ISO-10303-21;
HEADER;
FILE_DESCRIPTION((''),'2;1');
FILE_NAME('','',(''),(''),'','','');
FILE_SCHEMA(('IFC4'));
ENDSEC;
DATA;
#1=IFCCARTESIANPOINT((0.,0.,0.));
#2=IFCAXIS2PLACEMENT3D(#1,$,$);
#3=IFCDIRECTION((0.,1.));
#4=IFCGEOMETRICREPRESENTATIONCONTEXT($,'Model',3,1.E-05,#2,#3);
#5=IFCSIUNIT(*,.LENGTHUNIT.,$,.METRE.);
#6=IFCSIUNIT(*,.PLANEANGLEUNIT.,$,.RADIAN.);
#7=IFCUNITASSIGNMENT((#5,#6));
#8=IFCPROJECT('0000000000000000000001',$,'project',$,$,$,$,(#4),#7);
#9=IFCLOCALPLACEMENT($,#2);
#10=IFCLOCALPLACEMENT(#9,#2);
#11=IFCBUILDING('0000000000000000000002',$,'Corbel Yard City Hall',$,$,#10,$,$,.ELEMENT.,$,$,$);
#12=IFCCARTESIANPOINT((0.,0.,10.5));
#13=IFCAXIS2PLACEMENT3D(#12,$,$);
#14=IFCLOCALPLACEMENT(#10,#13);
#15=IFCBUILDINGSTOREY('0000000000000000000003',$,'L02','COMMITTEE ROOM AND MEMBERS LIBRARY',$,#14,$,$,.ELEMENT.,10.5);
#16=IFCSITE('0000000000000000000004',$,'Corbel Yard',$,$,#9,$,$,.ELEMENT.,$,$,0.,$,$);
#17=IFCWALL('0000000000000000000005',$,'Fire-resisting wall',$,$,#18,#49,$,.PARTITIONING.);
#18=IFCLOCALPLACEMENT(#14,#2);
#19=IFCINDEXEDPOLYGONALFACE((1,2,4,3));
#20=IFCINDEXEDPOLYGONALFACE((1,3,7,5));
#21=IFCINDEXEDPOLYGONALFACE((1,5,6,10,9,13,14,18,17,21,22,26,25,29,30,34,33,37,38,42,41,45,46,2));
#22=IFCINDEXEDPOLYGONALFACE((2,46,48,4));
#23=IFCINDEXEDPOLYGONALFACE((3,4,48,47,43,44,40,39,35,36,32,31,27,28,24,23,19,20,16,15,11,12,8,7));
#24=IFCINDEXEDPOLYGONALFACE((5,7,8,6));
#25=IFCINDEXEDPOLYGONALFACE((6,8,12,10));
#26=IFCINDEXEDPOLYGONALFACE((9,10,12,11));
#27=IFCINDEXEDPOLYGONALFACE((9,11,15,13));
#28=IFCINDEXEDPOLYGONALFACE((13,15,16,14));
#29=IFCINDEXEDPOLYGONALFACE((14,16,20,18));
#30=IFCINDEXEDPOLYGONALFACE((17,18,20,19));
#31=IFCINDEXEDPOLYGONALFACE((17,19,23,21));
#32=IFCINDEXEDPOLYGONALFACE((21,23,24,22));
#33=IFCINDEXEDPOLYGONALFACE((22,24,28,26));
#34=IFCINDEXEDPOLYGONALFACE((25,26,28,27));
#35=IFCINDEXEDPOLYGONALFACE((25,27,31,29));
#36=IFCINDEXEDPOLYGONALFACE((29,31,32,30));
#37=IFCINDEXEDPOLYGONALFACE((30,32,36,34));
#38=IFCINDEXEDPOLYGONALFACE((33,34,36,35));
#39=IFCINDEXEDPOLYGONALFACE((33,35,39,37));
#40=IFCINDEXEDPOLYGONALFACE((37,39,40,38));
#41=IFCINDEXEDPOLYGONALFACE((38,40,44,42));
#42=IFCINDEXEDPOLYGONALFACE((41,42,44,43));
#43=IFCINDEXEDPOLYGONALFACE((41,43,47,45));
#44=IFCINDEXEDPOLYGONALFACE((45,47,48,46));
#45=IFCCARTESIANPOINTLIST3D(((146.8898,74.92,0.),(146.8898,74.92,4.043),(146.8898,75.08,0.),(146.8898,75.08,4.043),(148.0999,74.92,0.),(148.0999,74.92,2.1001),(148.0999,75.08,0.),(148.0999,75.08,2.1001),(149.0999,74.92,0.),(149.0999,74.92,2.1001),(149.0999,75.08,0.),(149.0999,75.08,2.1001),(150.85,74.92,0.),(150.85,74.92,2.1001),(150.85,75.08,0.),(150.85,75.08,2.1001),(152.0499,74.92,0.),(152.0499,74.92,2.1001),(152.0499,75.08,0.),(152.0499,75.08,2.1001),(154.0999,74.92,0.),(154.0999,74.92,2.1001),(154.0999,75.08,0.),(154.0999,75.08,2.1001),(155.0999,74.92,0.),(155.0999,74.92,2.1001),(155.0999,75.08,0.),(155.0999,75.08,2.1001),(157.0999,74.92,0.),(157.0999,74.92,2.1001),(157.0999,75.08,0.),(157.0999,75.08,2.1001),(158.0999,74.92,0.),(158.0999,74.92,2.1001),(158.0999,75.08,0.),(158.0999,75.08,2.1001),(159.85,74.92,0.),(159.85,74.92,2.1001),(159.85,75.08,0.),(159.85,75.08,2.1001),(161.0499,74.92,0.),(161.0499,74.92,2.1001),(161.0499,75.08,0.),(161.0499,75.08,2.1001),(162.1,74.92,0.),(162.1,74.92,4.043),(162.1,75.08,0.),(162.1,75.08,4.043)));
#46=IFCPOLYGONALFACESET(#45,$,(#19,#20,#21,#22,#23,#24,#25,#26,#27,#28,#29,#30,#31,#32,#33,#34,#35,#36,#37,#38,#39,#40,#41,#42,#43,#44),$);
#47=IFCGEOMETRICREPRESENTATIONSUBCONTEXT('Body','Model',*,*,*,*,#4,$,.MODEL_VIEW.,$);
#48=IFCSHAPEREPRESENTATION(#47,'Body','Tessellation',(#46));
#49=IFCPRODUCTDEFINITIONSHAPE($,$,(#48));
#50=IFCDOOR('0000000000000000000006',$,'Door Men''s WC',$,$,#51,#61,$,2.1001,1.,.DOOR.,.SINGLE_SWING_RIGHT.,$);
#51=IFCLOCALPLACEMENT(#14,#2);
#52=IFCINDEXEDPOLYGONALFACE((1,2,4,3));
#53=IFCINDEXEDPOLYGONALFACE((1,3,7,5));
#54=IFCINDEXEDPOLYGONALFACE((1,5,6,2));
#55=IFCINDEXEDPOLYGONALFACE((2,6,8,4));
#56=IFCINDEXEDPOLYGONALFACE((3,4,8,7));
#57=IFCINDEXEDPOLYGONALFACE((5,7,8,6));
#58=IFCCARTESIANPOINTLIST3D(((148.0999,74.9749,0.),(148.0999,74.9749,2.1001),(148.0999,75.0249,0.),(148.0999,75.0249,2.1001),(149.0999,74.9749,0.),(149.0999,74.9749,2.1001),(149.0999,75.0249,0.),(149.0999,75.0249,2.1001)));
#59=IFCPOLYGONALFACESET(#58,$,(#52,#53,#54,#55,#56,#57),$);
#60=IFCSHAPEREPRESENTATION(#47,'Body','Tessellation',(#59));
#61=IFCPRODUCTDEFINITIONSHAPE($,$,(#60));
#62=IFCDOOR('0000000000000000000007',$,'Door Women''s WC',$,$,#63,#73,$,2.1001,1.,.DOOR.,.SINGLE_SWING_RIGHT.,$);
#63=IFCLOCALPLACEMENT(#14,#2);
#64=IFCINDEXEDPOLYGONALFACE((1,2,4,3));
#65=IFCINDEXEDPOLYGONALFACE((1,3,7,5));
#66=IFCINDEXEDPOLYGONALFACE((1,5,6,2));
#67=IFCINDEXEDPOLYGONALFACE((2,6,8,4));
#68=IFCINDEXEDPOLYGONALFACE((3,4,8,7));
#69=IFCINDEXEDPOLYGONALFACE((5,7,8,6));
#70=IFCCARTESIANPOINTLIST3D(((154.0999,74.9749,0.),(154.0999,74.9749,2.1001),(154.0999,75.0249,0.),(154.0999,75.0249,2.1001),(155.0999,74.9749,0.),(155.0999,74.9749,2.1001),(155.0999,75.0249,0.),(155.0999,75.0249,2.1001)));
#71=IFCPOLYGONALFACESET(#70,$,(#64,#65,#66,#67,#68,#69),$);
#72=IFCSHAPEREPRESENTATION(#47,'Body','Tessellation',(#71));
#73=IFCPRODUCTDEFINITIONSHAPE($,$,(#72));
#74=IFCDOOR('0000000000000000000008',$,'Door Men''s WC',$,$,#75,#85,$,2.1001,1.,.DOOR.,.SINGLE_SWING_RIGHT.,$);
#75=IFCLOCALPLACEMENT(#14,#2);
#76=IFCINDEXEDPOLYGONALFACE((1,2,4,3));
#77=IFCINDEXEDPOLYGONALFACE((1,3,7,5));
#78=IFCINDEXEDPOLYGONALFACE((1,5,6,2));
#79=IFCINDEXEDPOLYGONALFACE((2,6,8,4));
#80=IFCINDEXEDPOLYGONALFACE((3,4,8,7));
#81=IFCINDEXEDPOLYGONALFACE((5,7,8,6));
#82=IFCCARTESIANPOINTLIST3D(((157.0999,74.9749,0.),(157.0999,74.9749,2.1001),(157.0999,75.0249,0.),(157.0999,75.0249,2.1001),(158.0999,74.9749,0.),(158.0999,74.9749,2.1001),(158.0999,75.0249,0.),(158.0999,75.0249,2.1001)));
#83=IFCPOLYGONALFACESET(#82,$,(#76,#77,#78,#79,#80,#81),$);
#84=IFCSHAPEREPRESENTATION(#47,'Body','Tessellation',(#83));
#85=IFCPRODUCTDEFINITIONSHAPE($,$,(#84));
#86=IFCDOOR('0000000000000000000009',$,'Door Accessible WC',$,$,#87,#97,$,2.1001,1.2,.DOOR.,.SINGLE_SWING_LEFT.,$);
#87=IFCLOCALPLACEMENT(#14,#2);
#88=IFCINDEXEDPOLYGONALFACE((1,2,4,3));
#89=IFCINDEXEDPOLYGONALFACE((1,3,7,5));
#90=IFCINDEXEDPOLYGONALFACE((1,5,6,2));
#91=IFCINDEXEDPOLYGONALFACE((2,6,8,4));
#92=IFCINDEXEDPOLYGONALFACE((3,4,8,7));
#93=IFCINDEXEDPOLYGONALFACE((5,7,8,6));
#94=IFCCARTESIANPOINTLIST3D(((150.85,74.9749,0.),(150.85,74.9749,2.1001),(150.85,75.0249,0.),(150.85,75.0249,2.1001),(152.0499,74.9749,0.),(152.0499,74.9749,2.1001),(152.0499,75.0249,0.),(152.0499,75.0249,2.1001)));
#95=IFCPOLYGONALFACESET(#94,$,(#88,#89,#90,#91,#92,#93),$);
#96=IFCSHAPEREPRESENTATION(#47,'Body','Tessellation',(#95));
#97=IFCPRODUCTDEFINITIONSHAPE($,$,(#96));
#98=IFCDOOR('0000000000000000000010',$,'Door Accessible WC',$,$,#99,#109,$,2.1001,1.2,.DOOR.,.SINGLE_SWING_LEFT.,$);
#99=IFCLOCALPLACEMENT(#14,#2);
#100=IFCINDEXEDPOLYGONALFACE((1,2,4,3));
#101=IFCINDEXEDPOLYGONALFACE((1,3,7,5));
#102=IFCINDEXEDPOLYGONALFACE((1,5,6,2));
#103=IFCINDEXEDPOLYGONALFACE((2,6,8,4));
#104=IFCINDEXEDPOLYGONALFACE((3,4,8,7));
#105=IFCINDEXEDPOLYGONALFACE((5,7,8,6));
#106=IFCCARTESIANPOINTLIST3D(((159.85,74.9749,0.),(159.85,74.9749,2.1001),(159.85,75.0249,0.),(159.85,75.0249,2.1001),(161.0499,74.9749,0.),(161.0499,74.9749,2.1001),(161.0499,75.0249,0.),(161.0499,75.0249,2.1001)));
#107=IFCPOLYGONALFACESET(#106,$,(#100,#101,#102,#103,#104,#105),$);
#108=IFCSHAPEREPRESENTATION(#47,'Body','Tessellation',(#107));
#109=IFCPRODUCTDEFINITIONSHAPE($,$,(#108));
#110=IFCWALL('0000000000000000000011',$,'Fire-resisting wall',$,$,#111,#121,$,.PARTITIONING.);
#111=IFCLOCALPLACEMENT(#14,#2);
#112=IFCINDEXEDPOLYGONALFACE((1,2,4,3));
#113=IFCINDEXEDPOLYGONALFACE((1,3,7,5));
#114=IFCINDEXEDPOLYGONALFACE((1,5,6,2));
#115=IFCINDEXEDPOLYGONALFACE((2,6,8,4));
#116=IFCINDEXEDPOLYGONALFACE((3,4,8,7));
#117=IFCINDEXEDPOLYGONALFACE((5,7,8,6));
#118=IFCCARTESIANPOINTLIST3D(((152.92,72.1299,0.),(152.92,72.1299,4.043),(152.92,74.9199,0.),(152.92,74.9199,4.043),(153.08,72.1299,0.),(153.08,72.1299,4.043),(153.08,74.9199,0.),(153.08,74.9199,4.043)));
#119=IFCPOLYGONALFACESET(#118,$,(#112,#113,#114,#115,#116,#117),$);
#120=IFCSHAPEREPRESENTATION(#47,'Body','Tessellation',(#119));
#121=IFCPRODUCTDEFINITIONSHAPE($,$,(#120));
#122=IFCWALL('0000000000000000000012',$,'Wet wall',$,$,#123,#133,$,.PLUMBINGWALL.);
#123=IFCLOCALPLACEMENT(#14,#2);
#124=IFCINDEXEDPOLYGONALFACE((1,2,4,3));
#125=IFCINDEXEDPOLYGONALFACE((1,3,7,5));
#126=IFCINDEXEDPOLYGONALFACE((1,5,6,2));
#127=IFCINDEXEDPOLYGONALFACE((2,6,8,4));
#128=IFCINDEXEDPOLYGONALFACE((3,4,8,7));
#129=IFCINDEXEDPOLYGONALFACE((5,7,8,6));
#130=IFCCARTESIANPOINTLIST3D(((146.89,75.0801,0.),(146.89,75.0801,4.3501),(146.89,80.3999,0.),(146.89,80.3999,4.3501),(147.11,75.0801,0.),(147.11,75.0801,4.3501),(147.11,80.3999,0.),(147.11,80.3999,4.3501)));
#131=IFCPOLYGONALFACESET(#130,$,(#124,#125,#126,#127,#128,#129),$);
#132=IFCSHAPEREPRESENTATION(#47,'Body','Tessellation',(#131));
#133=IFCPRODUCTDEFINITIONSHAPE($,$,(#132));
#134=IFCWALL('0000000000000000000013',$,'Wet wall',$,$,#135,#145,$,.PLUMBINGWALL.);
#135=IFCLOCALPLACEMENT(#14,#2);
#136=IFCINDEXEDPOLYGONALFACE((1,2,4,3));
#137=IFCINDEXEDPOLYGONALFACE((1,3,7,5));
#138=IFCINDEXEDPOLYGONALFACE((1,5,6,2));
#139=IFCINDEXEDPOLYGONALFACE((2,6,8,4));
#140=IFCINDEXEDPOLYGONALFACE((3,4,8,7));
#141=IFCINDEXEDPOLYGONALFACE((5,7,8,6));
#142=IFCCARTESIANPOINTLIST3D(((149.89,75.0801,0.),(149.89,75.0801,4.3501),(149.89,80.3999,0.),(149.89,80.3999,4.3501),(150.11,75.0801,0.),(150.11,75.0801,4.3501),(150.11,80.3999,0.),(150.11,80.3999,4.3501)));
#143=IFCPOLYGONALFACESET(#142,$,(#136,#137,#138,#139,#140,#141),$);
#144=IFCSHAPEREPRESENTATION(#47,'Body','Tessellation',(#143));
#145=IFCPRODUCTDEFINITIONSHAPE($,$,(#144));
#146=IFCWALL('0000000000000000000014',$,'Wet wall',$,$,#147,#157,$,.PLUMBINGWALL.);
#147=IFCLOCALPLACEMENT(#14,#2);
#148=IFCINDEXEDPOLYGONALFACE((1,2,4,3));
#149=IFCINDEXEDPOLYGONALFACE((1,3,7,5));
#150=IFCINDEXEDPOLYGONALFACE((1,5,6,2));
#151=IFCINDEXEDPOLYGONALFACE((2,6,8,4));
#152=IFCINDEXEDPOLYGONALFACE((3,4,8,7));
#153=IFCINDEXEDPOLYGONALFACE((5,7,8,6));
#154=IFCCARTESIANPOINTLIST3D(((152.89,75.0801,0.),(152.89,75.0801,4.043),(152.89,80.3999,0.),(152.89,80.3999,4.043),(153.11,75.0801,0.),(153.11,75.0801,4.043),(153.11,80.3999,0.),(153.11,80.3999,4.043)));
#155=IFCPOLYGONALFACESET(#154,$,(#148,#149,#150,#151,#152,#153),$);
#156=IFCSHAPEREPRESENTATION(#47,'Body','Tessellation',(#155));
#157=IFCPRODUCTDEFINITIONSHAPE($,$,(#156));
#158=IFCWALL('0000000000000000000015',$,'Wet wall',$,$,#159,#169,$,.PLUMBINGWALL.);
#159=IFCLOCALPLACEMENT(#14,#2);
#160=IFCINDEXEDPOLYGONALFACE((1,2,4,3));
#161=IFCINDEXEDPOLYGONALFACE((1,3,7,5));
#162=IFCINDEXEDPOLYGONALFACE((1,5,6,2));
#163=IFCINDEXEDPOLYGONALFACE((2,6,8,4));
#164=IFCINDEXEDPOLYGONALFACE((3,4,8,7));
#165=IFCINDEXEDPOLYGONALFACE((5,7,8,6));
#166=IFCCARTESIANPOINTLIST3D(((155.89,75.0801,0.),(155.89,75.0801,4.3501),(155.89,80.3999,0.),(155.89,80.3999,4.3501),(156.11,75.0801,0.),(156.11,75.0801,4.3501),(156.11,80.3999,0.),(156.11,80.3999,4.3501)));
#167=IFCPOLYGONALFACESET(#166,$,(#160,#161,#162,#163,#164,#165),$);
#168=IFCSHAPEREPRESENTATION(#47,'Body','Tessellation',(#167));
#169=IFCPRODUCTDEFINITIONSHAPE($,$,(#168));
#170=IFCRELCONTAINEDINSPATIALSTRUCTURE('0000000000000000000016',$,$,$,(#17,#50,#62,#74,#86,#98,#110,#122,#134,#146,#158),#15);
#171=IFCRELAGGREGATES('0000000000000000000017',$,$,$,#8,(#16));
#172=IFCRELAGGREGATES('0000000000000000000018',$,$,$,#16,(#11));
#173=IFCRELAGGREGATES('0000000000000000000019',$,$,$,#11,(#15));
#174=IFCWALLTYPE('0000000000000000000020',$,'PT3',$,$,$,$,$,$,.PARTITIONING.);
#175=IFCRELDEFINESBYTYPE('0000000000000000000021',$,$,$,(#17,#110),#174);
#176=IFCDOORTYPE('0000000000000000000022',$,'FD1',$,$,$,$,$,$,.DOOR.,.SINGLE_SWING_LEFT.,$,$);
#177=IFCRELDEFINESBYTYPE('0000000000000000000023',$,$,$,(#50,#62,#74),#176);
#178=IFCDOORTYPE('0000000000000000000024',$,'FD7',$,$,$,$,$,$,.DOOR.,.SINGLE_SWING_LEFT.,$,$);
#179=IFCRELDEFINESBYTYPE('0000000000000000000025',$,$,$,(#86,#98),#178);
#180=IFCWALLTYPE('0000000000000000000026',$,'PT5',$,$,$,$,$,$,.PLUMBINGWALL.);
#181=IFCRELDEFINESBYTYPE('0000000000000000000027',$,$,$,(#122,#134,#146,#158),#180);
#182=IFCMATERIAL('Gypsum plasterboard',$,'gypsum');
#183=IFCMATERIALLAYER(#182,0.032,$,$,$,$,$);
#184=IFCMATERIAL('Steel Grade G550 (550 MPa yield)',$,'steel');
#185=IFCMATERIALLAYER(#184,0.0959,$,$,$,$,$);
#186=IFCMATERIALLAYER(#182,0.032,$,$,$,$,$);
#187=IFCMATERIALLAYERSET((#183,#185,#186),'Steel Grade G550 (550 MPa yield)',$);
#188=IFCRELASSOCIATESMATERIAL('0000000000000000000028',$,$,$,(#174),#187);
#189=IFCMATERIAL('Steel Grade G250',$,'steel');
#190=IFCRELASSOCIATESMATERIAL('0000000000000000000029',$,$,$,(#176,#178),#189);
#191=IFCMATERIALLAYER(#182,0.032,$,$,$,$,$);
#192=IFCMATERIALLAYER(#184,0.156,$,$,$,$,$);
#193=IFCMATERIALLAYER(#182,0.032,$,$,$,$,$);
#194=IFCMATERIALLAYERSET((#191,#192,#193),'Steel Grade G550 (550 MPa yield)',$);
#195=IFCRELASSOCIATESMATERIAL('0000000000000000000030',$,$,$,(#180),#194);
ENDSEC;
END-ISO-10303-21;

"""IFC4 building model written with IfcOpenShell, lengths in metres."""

from ifc_helpers import new_model, si_unit, direction, frame, frame_2d, origin, place, context, subcontext, project, spatial, rectangle, extrude, material, layer, layer_set, type_object, element, fill, save


model = new_model("IFC4")

# Units and contexts
model_context = context("Model", 3, precision=1e-05, world=origin(), true_north=direction((0.0, 1.0)))
body_context = subcontext(model_context, "Body", "Model", "MODEL_VIEW")
ifc_project = project(units=[si_unit("LENGTHUNIT", "METRE"), si_unit("PLANEANGLEUNIT", "RADIAN")], contexts=[model_context])

# Site, building, storey
site_placement = place(None, origin())
site = spatial("IfcSite", under=ifc_project, at=site_placement, Name="Corbel Yard", CompositionType="ELEMENT", RefElevation=0.0)
building_placement = place(site_placement, origin())
building = spatial("IfcBuilding", under=site, at=building_placement, Name="Corbel Yard City Hall", CompositionType="ELEMENT")
storey_placement = place(building_placement, frame((0.0, 0.0, 10.5)))
storey = spatial("IfcBuildingStorey", under=building, at=storey_placement, Name="L02", Description="COMMITTEE ROOM AND MEMBERS LIBRARY", CompositionType="ELEMENT", Elevation=10.5)

# Shared definitions
ifc_material_1 = material(Name="Gypsum plasterboard", Category="gypsum")
ifc_material_2 = material(Name="Steel Grade G550 (550 MPa yield)", Category="steel")

# Shared definitions
ifc_layer_1 = layer(ifc_material_1, 0.032)
ifc_layer_2 = layer(ifc_material_2, 0.0959)
ifc_layer_3 = layer(ifc_material_1, 0.032)
ifc_layer_set_1 = layer_set([ifc_layer_1, ifc_layer_2, ifc_layer_3], Name="Steel Grade G550 (550 MPa yield)")
wall_type_1 = type_object("IfcWallType", Name="PT3", PredefinedType="PARTITIONING", material=ifc_layer_set_1)
ifc_material_3 = material(Name="Steel Grade G250", Category="steel")
door_type_1 = type_object("IfcDoorType", Name="FD1", OperationType="SINGLE_SWING_LEFT", PredefinedType="DOOR", material=ifc_material_3)

# Wall, openings, doors
wall_1_placement = place(storey_placement, frame((146.8899, 75.0, 0.0), z_axis=(0.0, 0.0, 1.0), x_axis=(1.0, 0.0, 0.0)))
wall_1 = element("IfcWall", 1, at=wall_1_placement, inside=storey, type_object=wall_type_1, Name="Fire-resisting wall", PredefinedType="PARTITIONING", context=body_context, shape_type="SweptSolid", body=[
    extrude(rectangle(XDim=15.2102, YDim=0.1599, at=frame_2d((7.605, 0.0))), origin(), (0.0, 0.0, 1.0), 4.043),
])
opening_1_placement = place(wall_1_placement, frame((1.21, 0.0, 0.0)))
opening_1 = element("IfcOpeningElement", 2, at=opening_1_placement, cuts=wall_1, PredefinedType="OPENING", context=body_context, shape_type="SweptSolid", body=[
    extrude(rectangle(XDim=1.0, YDim=2.1001, at=frame_2d((0.5, 1.05))), frame((0.0, 0.0898, 0.0), z_axis=(0.0, -1.0, 0.0), x_axis=(1.0, 0.0, 0.0)), (0.0, 0.0, 1.0), 0.1799),
])
opening_2_placement = place(wall_1_placement, frame((3.96, 0.0, 0.0)))
opening_2 = element("IfcOpeningElement", 3, at=opening_2_placement, cuts=wall_1, PredefinedType="OPENING", context=body_context, shape_type="SweptSolid", body=[
    extrude(rectangle(XDim=1.2, YDim=2.1001, at=frame_2d((0.6001, 1.05))), frame((0.0, 0.0898, 0.0), z_axis=(0.0, -1.0, 0.0), x_axis=(1.0, 0.0, 0.0)), (0.0, 0.0, 1.0), 0.1799),
])
opening_3_placement = place(wall_1_placement, frame((7.21, 0.0, 0.0)))
opening_3 = element("IfcOpeningElement", 4, at=opening_3_placement, cuts=wall_1, PredefinedType="OPENING", context=body_context, shape_type="SweptSolid", body=[
    extrude(rectangle(XDim=1.0, YDim=2.1001, at=frame_2d((0.5, 1.05))), frame((0.0, 0.0898, 0.0), z_axis=(0.0, -1.0, 0.0), x_axis=(1.0, 0.0, 0.0)), (0.0, 0.0, 1.0), 0.1799),
])
opening_4_placement = place(wall_1_placement, frame((10.21, 0.0, 0.0)))
opening_4 = element("IfcOpeningElement", 5, at=opening_4_placement, cuts=wall_1, PredefinedType="OPENING", context=body_context, shape_type="SweptSolid", body=[
    extrude(rectangle(XDim=1.0, YDim=2.1001, at=frame_2d((0.5, 1.05))), frame((0.0, 0.0898, 0.0), z_axis=(0.0, -1.0, 0.0), x_axis=(1.0, 0.0, 0.0)), (0.0, 0.0, 1.0), 0.1799),
])
opening_5_placement = place(wall_1_placement, frame((12.96, 0.0, 0.0)))
opening_5 = element("IfcOpeningElement", 6, at=opening_5_placement, cuts=wall_1, PredefinedType="OPENING", context=body_context, shape_type="SweptSolid", body=[
    extrude(rectangle(XDim=1.2, YDim=2.1001, at=frame_2d((0.6001, 1.05))), frame((0.0, 0.0898, 0.0), z_axis=(0.0, -1.0, 0.0), x_axis=(1.0, 0.0, 0.0)), (0.0, 0.0, 1.0), 0.1799),
])
door_1_placement = place(opening_1_placement, origin())
door_1 = element("IfcDoor", 7, at=door_1_placement, inside=storey, type_object=door_type_1, Name="Door Men's WC", OperationType="SINGLE_SWING_RIGHT", OverallHeight=2.1001, OverallWidth=1.0, PredefinedType="DOOR", context=body_context, shape_type="SweptSolid", body=[
    extrude(rectangle(XDim=1.0, YDim=2.1001, at=frame_2d((0.5, 1.05))), frame((0.0, 0.0249, 0.0), z_axis=(0.0, -1.0, 0.0), x_axis=(1.0, 0.0, 0.0)), (0.0, 0.0, 1.0), 0.05),
])
fill(opening_1, door_1)
door_2_placement = place(opening_3_placement, origin())
door_2 = element("IfcDoor", 8, at=door_2_placement, inside=storey, type_object=door_type_1, Name="Door Women's WC", OperationType="SINGLE_SWING_RIGHT", OverallHeight=2.1001, OverallWidth=1.0, PredefinedType="DOOR", context=body_context, shape_type="SweptSolid", body=[
    extrude(rectangle(XDim=1.0, YDim=2.1001, at=frame_2d((0.5, 1.05))), frame((0.0, 0.0249, 0.0), z_axis=(0.0, -1.0, 0.0), x_axis=(1.0, 0.0, 0.0)), (0.0, 0.0, 1.0), 0.05),
])
fill(opening_3, door_2)
door_3_placement = place(opening_4_placement, origin())
door_3 = element("IfcDoor", 9, at=door_3_placement, inside=storey, type_object=door_type_1, Name="Door Men's WC", OperationType="SINGLE_SWING_RIGHT", OverallHeight=2.1001, OverallWidth=1.0, PredefinedType="DOOR", context=body_context, shape_type="SweptSolid", body=[
    extrude(rectangle(XDim=1.0, YDim=2.1001, at=frame_2d((0.5, 1.05))), frame((0.0, 0.0249, 0.0), z_axis=(0.0, -1.0, 0.0), x_axis=(1.0, 0.0, 0.0)), (0.0, 0.0, 1.0), 0.05),
])
fill(opening_4, door_3)
door_type_2 = type_object("IfcDoorType", Name="FD7", OperationType="SINGLE_SWING_LEFT", PredefinedType="DOOR", material=ifc_material_3)
door_4_placement = place(opening_2_placement, origin())
door_4 = element("IfcDoor", 10, at=door_4_placement, inside=storey, type_object=door_type_2, Name="Door Accessible WC", OperationType="SINGLE_SWING_LEFT", OverallHeight=2.1001, OverallWidth=1.2, PredefinedType="DOOR", context=body_context, shape_type="SweptSolid", body=[
    extrude(rectangle(XDim=1.2, YDim=2.1001, at=frame_2d((0.6001, 1.05))), frame((0.0, 0.0249, 0.0), z_axis=(0.0, -1.0, 0.0), x_axis=(1.0, 0.0, 0.0)), (0.0, 0.0, 1.0), 0.05),
])
fill(opening_2, door_4)
door_5_placement = place(opening_5_placement, origin())
door_5 = element("IfcDoor", 11, at=door_5_placement, inside=storey, type_object=door_type_2, Name="Door Accessible WC", OperationType="SINGLE_SWING_LEFT", OverallHeight=2.1001, OverallWidth=1.2, PredefinedType="DOOR", context=body_context, shape_type="SweptSolid", body=[
    extrude(rectangle(XDim=1.2, YDim=2.1001, at=frame_2d((0.6001, 1.05))), frame((0.0, 0.0249, 0.0), z_axis=(0.0, -1.0, 0.0), x_axis=(1.0, 0.0, 0.0)), (0.0, 0.0, 1.0), 0.05),
])
fill(opening_5, door_5)

# Walls
wall_2_placement = place(storey_placement, frame((153.0, 72.1299, 0.0), z_axis=(0.0, 0.0, 1.0), x_axis=(0.0, 1.0, 0.0)))
element("IfcWall", 12, at=wall_2_placement, inside=storey, type_object=wall_type_1, Name="Fire-resisting wall", PredefinedType="PARTITIONING", context=body_context, shape_type="SweptSolid", body=[
    extrude(rectangle(XDim=2.79, YDim=0.1599, at=frame_2d((1.395, 0.0))), origin(), (0.0, 0.0, 1.0), 4.043),
])
ifc_layer_4 = layer(ifc_material_1, 0.032)
ifc_layer_5 = layer(ifc_material_2, 0.156)
ifc_layer_6 = layer(ifc_material_1, 0.032)
ifc_layer_set_2 = layer_set([ifc_layer_4, ifc_layer_5, ifc_layer_6], Name="Steel Grade G550 (550 MPa yield)")
wall_type_2 = type_object("IfcWallType", Name="PT5", PredefinedType="PLUMBINGWALL", material=ifc_layer_set_2)
for number, where, z_axis, x_axis, name in (
    (13, (147.0, 75.0801, 0.0), (0.0, 0.0, 1.0), (0.0, 1.0, 0.0), "Wet wall"),
    (14, (150.0, 75.0801, 0.0), (0.0, 0.0, 1.0), (0.0, 1.0, 0.0), "Wet wall"),
):
    element("IfcWall", number, at=place(storey_placement, frame(where, z_axis=z_axis, x_axis=x_axis)), inside=storey, type_object=wall_type_2, Name=name, PredefinedType="PLUMBINGWALL", context=body_context, shape_type="SweptSolid", body=[
        extrude(rectangle(XDim=5.3198, YDim=0.22, at=frame_2d((2.6599, 0.0))), origin(), (0.0, 0.0, 1.0), 4.3501),
    ])
wall_3_placement = place(storey_placement, frame((153.0, 75.0801, 0.0), z_axis=(0.0, 0.0, 1.0), x_axis=(0.0, 1.0, 0.0)))
element("IfcWall", 15, at=wall_3_placement, inside=storey, type_object=wall_type_2, Name="Wet wall", PredefinedType="PLUMBINGWALL", context=body_context, shape_type="SweptSolid", body=[
    extrude(rectangle(XDim=5.3198, YDim=0.22, at=frame_2d((2.6599, 0.0))), origin(), (0.0, 0.0, 1.0), 4.043),
])
wall_4_placement = place(storey_placement, frame((156.0, 75.0801, 0.0), z_axis=(0.0, 0.0, 1.0), x_axis=(0.0, 1.0, 0.0)))
element("IfcWall", 16, at=wall_4_placement, inside=storey, type_object=wall_type_2, Name="Wet wall", PredefinedType="PLUMBINGWALL", context=body_context, shape_type="SweptSolid", body=[
    extrude(rectangle(XDim=5.3198, YDim=0.22, at=frame_2d((2.6599, 0.0))), origin(), (0.0, 0.0, 1.0), 4.3501),
])

save(model, "model.ifc")
